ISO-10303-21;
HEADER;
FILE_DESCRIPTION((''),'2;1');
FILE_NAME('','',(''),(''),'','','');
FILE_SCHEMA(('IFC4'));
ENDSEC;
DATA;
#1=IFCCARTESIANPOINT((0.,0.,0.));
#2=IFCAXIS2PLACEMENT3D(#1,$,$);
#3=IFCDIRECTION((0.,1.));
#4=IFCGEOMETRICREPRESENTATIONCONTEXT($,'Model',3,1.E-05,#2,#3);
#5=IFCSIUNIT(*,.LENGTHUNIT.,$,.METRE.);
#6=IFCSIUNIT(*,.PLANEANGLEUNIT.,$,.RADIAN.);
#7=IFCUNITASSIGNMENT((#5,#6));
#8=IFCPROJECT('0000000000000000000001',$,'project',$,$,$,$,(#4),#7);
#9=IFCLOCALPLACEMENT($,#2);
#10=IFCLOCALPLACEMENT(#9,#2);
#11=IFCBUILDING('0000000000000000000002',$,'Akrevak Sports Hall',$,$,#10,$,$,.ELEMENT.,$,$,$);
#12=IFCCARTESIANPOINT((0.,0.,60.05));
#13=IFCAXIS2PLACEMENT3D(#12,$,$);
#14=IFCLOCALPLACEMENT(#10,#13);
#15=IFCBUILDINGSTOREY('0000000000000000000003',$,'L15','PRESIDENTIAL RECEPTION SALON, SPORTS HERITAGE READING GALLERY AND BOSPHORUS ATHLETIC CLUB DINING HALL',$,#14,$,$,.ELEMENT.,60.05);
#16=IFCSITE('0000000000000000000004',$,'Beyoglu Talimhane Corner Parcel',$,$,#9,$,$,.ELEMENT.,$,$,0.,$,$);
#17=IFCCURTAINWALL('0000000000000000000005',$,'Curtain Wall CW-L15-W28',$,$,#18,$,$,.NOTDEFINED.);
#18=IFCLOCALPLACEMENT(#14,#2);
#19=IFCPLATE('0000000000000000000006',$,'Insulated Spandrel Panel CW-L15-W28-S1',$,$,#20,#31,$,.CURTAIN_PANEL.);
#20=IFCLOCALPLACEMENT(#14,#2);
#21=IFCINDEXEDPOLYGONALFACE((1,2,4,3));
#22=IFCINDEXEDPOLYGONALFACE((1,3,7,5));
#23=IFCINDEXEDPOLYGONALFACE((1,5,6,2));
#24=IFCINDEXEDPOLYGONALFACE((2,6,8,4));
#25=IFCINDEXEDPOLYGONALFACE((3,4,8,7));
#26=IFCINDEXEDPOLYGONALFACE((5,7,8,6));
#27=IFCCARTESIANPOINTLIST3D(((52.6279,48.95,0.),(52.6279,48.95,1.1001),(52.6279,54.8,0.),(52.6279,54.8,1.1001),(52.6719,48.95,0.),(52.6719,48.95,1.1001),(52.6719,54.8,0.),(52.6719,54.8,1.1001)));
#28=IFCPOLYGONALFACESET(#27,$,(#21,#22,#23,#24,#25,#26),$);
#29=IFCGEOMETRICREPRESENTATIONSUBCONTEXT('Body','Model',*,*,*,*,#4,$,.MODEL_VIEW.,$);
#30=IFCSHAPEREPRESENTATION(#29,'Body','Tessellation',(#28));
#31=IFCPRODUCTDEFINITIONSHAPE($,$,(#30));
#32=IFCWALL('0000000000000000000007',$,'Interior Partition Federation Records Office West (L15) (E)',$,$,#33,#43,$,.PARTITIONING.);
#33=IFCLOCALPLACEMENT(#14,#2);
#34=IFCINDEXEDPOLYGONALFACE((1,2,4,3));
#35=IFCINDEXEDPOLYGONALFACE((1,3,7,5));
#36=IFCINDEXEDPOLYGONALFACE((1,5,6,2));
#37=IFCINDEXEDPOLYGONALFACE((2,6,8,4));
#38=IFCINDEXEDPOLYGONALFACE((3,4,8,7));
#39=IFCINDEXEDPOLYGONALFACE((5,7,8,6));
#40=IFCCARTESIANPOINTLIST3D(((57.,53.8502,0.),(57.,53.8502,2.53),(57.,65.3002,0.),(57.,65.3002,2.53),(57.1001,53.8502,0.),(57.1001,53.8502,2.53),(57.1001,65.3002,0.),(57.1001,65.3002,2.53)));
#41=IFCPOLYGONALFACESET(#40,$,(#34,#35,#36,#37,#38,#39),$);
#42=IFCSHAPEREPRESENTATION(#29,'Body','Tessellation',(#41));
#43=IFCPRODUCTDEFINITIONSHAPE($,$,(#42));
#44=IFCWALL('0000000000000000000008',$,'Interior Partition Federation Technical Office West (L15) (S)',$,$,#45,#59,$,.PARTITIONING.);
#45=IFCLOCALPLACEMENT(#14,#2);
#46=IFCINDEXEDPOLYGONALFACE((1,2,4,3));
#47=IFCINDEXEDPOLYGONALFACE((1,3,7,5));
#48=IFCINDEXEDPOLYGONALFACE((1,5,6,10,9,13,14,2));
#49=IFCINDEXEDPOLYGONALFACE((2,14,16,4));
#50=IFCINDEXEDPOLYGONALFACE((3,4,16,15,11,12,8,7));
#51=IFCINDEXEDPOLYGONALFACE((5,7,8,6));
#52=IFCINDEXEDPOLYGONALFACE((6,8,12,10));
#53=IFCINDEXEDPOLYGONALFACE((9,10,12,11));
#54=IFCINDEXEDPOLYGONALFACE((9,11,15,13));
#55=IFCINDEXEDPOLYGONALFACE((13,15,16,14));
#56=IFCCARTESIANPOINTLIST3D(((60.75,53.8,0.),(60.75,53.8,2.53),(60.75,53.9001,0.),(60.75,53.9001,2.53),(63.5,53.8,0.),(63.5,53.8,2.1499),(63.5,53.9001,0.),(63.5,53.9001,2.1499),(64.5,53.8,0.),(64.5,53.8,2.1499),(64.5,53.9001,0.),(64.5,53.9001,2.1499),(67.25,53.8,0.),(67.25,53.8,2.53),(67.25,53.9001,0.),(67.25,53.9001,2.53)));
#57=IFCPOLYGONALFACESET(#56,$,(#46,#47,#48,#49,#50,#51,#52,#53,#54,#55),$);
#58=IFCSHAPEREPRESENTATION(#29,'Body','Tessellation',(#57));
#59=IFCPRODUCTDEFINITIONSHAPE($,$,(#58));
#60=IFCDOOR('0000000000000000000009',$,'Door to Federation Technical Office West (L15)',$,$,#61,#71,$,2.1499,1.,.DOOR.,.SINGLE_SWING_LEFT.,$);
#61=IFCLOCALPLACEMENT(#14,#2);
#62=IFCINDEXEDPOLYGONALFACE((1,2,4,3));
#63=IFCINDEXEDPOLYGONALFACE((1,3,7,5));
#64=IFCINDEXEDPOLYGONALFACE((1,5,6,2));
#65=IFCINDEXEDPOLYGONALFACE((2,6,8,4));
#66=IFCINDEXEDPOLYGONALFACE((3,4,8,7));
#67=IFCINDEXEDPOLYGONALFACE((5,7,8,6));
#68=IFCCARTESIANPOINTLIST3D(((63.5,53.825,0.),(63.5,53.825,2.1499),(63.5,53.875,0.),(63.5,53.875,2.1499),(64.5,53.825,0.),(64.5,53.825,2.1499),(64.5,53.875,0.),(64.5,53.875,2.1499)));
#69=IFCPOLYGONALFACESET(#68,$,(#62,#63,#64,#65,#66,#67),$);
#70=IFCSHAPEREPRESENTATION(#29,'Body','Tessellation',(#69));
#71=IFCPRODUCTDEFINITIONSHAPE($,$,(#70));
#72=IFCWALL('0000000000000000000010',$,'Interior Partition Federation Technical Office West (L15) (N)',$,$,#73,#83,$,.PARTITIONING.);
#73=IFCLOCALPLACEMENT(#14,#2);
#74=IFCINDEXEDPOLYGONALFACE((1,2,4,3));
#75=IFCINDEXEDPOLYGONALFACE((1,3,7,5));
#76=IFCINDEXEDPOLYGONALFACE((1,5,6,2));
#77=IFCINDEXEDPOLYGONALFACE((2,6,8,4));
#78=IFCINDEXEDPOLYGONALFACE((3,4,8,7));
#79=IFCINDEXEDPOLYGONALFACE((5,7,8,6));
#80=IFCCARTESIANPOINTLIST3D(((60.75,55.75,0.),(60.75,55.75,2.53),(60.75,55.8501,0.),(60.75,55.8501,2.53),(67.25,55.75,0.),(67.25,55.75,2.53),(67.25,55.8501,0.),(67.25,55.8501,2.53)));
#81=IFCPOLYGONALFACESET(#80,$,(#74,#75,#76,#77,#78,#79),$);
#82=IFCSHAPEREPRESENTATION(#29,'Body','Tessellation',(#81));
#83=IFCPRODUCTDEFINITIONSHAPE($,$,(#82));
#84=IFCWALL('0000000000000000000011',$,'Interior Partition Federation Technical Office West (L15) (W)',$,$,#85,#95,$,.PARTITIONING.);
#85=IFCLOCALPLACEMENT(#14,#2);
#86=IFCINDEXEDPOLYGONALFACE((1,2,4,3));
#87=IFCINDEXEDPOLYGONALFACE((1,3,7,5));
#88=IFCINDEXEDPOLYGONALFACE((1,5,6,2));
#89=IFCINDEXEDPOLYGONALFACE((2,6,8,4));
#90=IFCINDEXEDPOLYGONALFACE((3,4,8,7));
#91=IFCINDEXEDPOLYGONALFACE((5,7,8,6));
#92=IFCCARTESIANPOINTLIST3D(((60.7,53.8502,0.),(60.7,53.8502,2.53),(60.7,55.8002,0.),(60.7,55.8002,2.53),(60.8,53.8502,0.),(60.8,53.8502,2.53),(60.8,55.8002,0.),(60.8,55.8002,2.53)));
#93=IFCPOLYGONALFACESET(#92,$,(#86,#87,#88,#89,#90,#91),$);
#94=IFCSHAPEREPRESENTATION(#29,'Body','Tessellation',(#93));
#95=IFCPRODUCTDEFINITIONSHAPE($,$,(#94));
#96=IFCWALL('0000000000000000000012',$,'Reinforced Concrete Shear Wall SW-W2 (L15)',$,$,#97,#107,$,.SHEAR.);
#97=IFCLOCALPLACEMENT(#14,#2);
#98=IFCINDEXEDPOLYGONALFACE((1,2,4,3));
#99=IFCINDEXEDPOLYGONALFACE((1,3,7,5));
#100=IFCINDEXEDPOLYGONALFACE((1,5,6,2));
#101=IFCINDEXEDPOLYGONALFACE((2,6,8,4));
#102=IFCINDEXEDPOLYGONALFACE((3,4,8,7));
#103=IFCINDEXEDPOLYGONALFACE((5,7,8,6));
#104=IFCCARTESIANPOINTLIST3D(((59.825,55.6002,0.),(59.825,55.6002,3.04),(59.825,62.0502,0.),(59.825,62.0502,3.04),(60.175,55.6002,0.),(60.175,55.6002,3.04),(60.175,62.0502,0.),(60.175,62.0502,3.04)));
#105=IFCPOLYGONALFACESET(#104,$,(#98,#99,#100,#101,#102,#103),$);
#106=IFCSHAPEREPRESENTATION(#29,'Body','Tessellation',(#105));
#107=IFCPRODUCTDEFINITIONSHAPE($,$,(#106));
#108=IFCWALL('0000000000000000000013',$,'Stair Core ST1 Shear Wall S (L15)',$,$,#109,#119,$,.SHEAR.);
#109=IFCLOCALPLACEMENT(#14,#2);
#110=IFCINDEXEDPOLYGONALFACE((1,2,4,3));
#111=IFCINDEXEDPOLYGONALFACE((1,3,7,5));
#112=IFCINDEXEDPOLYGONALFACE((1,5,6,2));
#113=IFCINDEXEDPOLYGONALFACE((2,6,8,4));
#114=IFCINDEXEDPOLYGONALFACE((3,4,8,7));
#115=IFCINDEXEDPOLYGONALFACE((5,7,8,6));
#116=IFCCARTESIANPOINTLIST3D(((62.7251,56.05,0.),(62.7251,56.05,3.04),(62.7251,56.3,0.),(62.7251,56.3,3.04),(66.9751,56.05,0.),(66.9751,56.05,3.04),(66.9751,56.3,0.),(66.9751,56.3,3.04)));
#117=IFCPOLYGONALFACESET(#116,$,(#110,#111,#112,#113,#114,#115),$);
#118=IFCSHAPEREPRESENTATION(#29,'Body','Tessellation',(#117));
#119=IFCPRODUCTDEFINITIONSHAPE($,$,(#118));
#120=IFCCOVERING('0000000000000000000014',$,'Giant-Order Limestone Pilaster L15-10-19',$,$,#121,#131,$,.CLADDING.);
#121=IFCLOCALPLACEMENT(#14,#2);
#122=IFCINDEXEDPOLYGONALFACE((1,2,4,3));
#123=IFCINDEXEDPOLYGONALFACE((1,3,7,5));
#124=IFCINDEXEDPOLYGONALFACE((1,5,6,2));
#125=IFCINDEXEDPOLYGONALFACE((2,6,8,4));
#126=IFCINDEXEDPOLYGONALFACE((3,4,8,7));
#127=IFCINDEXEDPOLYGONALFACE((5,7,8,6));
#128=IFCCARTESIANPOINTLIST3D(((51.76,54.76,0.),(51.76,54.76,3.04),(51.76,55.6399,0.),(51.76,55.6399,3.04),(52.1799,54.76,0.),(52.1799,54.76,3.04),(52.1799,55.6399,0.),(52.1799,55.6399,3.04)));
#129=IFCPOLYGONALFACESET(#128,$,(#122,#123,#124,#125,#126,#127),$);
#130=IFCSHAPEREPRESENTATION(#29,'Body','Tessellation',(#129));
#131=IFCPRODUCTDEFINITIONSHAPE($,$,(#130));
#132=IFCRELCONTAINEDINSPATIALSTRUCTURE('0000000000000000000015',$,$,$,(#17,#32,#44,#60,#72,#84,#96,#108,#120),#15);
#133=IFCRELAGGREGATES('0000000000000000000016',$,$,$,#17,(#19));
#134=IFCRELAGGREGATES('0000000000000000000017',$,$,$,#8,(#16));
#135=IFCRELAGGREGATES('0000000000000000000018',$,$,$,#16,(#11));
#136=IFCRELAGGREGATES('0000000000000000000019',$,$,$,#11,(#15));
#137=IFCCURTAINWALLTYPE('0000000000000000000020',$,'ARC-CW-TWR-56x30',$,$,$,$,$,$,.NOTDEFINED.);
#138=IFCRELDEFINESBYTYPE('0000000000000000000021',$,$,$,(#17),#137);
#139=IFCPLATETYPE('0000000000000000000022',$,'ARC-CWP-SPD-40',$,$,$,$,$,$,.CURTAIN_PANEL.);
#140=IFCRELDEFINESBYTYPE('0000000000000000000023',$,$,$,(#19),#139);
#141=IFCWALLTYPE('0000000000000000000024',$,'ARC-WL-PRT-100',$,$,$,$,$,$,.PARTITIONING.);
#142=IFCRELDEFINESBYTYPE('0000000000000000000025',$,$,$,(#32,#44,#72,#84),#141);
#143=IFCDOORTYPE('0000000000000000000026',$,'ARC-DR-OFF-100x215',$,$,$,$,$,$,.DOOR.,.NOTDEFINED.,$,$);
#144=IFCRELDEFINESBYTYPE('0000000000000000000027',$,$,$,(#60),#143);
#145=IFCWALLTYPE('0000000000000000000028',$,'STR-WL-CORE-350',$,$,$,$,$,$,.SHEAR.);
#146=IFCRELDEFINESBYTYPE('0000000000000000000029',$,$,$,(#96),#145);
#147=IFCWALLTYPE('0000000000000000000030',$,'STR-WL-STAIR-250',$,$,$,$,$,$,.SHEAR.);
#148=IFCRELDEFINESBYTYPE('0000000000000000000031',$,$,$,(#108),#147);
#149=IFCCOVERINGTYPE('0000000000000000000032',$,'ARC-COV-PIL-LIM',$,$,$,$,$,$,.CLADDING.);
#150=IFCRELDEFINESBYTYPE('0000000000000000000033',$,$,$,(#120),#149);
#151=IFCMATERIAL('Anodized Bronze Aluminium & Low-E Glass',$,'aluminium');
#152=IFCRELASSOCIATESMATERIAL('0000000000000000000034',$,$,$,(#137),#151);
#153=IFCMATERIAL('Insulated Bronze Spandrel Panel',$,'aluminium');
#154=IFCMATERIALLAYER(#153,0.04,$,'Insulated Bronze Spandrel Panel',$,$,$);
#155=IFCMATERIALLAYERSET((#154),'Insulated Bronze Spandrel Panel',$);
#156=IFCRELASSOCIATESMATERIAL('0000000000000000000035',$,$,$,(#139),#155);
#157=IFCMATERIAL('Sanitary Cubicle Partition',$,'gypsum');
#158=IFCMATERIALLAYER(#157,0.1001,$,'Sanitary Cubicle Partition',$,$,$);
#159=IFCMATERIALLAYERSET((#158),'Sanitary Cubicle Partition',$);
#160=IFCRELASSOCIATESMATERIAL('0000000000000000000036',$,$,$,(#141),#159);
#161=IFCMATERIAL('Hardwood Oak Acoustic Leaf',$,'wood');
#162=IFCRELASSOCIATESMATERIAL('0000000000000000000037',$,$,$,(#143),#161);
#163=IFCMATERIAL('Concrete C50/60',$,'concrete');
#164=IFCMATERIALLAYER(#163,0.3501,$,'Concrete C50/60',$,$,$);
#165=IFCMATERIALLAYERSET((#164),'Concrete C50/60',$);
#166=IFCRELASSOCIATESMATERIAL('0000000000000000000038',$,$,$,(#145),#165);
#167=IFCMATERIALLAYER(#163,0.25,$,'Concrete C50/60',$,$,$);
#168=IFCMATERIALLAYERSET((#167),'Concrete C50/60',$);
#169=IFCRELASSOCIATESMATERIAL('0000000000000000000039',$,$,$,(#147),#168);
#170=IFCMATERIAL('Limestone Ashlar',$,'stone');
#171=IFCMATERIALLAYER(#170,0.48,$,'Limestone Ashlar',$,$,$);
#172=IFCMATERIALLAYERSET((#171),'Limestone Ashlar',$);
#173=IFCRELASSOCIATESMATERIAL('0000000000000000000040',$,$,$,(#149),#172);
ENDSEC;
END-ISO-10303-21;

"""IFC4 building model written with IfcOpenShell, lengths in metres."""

from ifc_helpers import new_model, si_unit, direction, frame, frame_2d, origin, origin_2d, place, context, subcontext, project, spatial, rectangle, extrude, material, layer, layer_set, type_object, element, fill, aggregate, save


model = new_model("IFC4")

# Units and contexts
model_context = context("Model", 3, precision=1e-05, world=origin(), true_north=direction((0.0, 1.0)))
body_context = subcontext(model_context, "Body", "Model", "MODEL_VIEW")
ifc_project = project(units=[si_unit("LENGTHUNIT", "METRE"), si_unit("PLANEANGLEUNIT", "RADIAN")], contexts=[model_context])

# Site, building, storey
site_placement = place(None, origin())
site = spatial("IfcSite", under=ifc_project, at=site_placement, Name="Beyoglu Talimhane Corner Parcel", CompositionType="ELEMENT", RefElevation=0.0)
building_placement = place(site_placement, origin())
building = spatial("IfcBuilding", under=site, at=building_placement, Name="Akrevak Sports Hall", CompositionType="ELEMENT")
storey_placement = place(building_placement, frame((0.0, 0.0, 60.05)))
storey = spatial("IfcBuildingStorey", under=building, at=storey_placement, Name="L15", Description="PRESIDENTIAL RECEPTION SALON, SPORTS HERITAGE READING GALLERY AND BOSPHORUS ATHLETIC CLUB DINING HALL", CompositionType="ELEMENT", Elevation=60.05)

# Curtain wall
ifc_material_1 = material(Name="Anodized Bronze Aluminium & Low-E Glass", Category="aluminium")
curtain_wall_type = type_object("IfcCurtainWallType", Name="ARC-CW-TWR-56x30", PredefinedType="NOTDEFINED", material=ifc_material_1)
curtain_wall_placement = place(storey_placement, origin())
curtain_wall = element("IfcCurtainWall", 1, at=curtain_wall_placement, inside=storey, type_object=curtain_wall_type, Name="Curtain Wall CW-L15-W28", PredefinedType="NOTDEFINED")

# Plate
ifc_material_2 = material(Name="Insulated Bronze Spandrel Panel", Category="aluminium")
ifc_layer_1 = layer(ifc_material_2, 0.04, Name="Insulated Bronze Spandrel Panel")
ifc_layer_set_1 = layer_set([ifc_layer_1], Name="Insulated Bronze Spandrel Panel")
plate_type_1 = type_object("IfcPlateType", Name="ARC-CWP-SPD-40", PredefinedType="CURTAIN_PANEL", material=ifc_layer_set_1)
plate_1_placement = place(storey_placement, frame((52.6499, 51.875, 0.0), z_axis=(0.0, 0.0, 1.0), x_axis=(0.0, -1.0, 0.0)))
plate_1 = element("IfcPlate", 2, at=plate_1_placement, type_object=plate_type_1, Name="Insulated Spandrel Panel CW-L15-W28-S1", PredefinedType="CURTAIN_PANEL", context=body_context, shape_type="SweptSolid", body=[
    extrude(rectangle(XDim=5.8501, YDim=0.0439, at=origin_2d()), origin(), (0.0, 0.0, 1.0), 1.1001),
])
aggregate(curtain_wall, [plate_1])

# Shared definitions
ifc_material_3 = material(Name="Sanitary Cubicle Partition", Category="gypsum")
ifc_layer_2 = layer(ifc_material_3, 0.1001, Name="Sanitary Cubicle Partition")
ifc_layer_set_2 = layer_set([ifc_layer_2], Name="Sanitary Cubicle Partition")
wall_type_1 = type_object("IfcWallType", Name="ARC-WL-PRT-100", PredefinedType="PARTITIONING", material=ifc_layer_set_2)
ifc_material_4 = material(Name="Hardwood Oak Acoustic Leaf", Category="wood")
door_type = type_object("IfcDoorType", Name="ARC-DR-OFF-100x215", OperationType="NOTDEFINED", PredefinedType="DOOR", material=ifc_material_4)

# Wall
wall_1_placement = place(storey_placement, frame((57.05, 53.8501, 0.0), z_axis=(0.0, 0.0, 1.0), x_axis=(0.0, 1.0, 0.0)))
element("IfcWall", 3, at=wall_1_placement, inside=storey, type_object=wall_type_1, Name="Interior Partition Federation Records Office West (L15) (E)", PredefinedType="PARTITIONING", context=body_context, shape_type="SweptSolid", body=[
    extrude(rectangle(XDim=11.45, YDim=0.1001, at=frame_2d((5.7251, 0.0))), origin(), (0.0, 0.0, 1.0), 2.53),
])

# Wall, opening, door
wall_2_placement = place(storey_placement, frame((60.75, 53.8501, 0.0), z_axis=(0.0, 0.0, 1.0), x_axis=(1.0, 0.0, 0.0)))
wall_2 = element("IfcWall", 4, at=wall_2_placement, inside=storey, type_object=wall_type_1, Name="Interior Partition Federation Technical Office West (L15) (S)", PredefinedType="PARTITIONING", context=body_context, shape_type="SweptSolid", body=[
    extrude(rectangle(XDim=6.5, YDim=0.1001, at=frame_2d((3.25, 0.0))), origin(), (0.0, 0.0, 1.0), 2.53),
])
opening_1_placement = place(wall_2_placement, frame((2.75, 0.0, 0.0)))
opening_1 = element("IfcOpeningElement", 5, at=opening_1_placement, cuts=wall_2, PredefinedType="OPENING", context=body_context, shape_type="SweptSolid", body=[
    extrude(rectangle(XDim=1.0, YDim=2.1499, at=frame_2d((0.5, 1.075))), frame((0.0, 0.062, 0.0), z_axis=(0.0, -1.0, 0.0), x_axis=(1.0, 0.0, 0.0)), (0.0, 0.0, 1.0), 0.124),
])
door_1_placement = place(opening_1_placement, origin())
door_1 = element("IfcDoor", 6, at=door_1_placement, inside=storey, type_object=door_type, Name="Door to Federation Technical Office West (L15)", OperationType="SINGLE_SWING_LEFT", OverallHeight=2.1499, OverallWidth=1.0, PredefinedType="DOOR", context=body_context, shape_type="SweptSolid", body=[
    extrude(rectangle(XDim=1.0, YDim=2.1499, at=frame_2d((0.5, 1.075))), frame((0.0, 0.0249, 0.0), z_axis=(0.0, -1.0, 0.0), x_axis=(1.0, 0.0, 0.0)), (0.0, 0.0, 1.0), 0.05),
])
fill(opening_1, door_1)

# Walls
wall_3_placement = place(storey_placement, frame((60.75, 55.8, 0.0), z_axis=(0.0, 0.0, 1.0), x_axis=(1.0, 0.0, 0.0)))
element("IfcWall", 7, at=wall_3_placement, inside=storey, type_object=wall_type_1, Name="Interior Partition Federation Technical Office West (L15) (N)", PredefinedType="PARTITIONING", context=body_context, shape_type="SweptSolid", body=[
    extrude(rectangle(XDim=6.5, YDim=0.1001, at=frame_2d((3.25, 0.0))), origin(), (0.0, 0.0, 1.0), 2.53),
])
wall_4_placement = place(storey_placement, frame((60.75, 53.8501, 0.0), z_axis=(0.0, 0.0, 1.0), x_axis=(0.0, 1.0, 0.0)))
element("IfcWall", 8, at=wall_4_placement, inside=storey, type_object=wall_type_1, Name="Interior Partition Federation Technical Office West (L15) (W)", PredefinedType="PARTITIONING", context=body_context, shape_type="SweptSolid", body=[
    extrude(rectangle(XDim=1.95, YDim=0.1001, at=frame_2d((0.9751, 0.0))), origin(), (0.0, 0.0, 1.0), 2.53),
])
ifc_material_5 = material(Name="Concrete C50/60", Category="concrete")
ifc_layer_3 = layer(ifc_material_5, 0.3501, Name="Concrete C50/60")
ifc_layer_set_3 = layer_set([ifc_layer_3], Name="Concrete C50/60")
wall_type_2 = type_object("IfcWallType", Name="STR-WL-CORE-350", PredefinedType="SHEAR", material=ifc_layer_set_3)
wall_5_placement = place(storey_placement, frame((60.0, 55.6001, 0.0), z_axis=(0.0, 0.0, 1.0), x_axis=(0.0, 1.0, 0.0)))
element("IfcWall", 9, at=wall_5_placement, inside=storey, type_object=wall_type_2, Name="Reinforced Concrete Shear Wall SW-W2 (L15)", PredefinedType="SHEAR", context=body_context, shape_type="SweptSolid", body=[
    extrude(rectangle(XDim=6.45, YDim=0.3501, at=frame_2d((3.2251, 0.0))), origin(), (0.0, 0.0, 1.0), 3.04),
])
ifc_layer_4 = layer(ifc_material_5, 0.25, Name="Concrete C50/60")
ifc_layer_set_4 = layer_set([ifc_layer_4], Name="Concrete C50/60")
wall_type_3 = type_object("IfcWallType", Name="STR-WL-STAIR-250", PredefinedType="SHEAR", material=ifc_layer_set_4)
wall_6_placement = place(storey_placement, frame((62.7251, 56.175, 0.0), z_axis=(0.0, 0.0, 1.0), x_axis=(1.0, 0.0, 0.0)))
element("IfcWall", 10, at=wall_6_placement, inside=storey, type_object=wall_type_3, Name="Stair Core ST1 Shear Wall S (L15)", PredefinedType="SHEAR", context=body_context, shape_type="SweptSolid", body=[
    extrude(rectangle(XDim=4.25, YDim=0.25, at=frame_2d((2.125, 0.0))), origin(), (0.0, 0.0, 1.0), 3.04),
])

# Covering
ifc_material_6 = material(Name="Limestone Ashlar", Category="stone")
ifc_layer_5 = layer(ifc_material_6, 0.48, Name="Limestone Ashlar")
ifc_layer_set_5 = layer_set([ifc_layer_5], Name="Limestone Ashlar")
covering_type = type_object("IfcCoveringType", Name="ARC-COV-PIL-LIM", PredefinedType="CLADDING", material=ifc_layer_set_5)
covering_placement = place(storey_placement, frame((51.97, 55.2, 0.0), z_axis=(0.0, 0.0, 1.0), x_axis=(0.0, -1.0, 0.0)))
element("IfcCovering", 11, at=covering_placement, inside=storey, type_object=covering_type, Name="Giant-Order Limestone Pilaster L15-10-19", PredefinedType="CLADDING", context=body_context, shape_type="SweptSolid", body=[
    extrude(rectangle(XDim=0.8799, YDim=0.4199, at=origin_2d()), origin(), (0.0, 0.0, 1.0), 3.04),
])

save(model, "model.ifc")
